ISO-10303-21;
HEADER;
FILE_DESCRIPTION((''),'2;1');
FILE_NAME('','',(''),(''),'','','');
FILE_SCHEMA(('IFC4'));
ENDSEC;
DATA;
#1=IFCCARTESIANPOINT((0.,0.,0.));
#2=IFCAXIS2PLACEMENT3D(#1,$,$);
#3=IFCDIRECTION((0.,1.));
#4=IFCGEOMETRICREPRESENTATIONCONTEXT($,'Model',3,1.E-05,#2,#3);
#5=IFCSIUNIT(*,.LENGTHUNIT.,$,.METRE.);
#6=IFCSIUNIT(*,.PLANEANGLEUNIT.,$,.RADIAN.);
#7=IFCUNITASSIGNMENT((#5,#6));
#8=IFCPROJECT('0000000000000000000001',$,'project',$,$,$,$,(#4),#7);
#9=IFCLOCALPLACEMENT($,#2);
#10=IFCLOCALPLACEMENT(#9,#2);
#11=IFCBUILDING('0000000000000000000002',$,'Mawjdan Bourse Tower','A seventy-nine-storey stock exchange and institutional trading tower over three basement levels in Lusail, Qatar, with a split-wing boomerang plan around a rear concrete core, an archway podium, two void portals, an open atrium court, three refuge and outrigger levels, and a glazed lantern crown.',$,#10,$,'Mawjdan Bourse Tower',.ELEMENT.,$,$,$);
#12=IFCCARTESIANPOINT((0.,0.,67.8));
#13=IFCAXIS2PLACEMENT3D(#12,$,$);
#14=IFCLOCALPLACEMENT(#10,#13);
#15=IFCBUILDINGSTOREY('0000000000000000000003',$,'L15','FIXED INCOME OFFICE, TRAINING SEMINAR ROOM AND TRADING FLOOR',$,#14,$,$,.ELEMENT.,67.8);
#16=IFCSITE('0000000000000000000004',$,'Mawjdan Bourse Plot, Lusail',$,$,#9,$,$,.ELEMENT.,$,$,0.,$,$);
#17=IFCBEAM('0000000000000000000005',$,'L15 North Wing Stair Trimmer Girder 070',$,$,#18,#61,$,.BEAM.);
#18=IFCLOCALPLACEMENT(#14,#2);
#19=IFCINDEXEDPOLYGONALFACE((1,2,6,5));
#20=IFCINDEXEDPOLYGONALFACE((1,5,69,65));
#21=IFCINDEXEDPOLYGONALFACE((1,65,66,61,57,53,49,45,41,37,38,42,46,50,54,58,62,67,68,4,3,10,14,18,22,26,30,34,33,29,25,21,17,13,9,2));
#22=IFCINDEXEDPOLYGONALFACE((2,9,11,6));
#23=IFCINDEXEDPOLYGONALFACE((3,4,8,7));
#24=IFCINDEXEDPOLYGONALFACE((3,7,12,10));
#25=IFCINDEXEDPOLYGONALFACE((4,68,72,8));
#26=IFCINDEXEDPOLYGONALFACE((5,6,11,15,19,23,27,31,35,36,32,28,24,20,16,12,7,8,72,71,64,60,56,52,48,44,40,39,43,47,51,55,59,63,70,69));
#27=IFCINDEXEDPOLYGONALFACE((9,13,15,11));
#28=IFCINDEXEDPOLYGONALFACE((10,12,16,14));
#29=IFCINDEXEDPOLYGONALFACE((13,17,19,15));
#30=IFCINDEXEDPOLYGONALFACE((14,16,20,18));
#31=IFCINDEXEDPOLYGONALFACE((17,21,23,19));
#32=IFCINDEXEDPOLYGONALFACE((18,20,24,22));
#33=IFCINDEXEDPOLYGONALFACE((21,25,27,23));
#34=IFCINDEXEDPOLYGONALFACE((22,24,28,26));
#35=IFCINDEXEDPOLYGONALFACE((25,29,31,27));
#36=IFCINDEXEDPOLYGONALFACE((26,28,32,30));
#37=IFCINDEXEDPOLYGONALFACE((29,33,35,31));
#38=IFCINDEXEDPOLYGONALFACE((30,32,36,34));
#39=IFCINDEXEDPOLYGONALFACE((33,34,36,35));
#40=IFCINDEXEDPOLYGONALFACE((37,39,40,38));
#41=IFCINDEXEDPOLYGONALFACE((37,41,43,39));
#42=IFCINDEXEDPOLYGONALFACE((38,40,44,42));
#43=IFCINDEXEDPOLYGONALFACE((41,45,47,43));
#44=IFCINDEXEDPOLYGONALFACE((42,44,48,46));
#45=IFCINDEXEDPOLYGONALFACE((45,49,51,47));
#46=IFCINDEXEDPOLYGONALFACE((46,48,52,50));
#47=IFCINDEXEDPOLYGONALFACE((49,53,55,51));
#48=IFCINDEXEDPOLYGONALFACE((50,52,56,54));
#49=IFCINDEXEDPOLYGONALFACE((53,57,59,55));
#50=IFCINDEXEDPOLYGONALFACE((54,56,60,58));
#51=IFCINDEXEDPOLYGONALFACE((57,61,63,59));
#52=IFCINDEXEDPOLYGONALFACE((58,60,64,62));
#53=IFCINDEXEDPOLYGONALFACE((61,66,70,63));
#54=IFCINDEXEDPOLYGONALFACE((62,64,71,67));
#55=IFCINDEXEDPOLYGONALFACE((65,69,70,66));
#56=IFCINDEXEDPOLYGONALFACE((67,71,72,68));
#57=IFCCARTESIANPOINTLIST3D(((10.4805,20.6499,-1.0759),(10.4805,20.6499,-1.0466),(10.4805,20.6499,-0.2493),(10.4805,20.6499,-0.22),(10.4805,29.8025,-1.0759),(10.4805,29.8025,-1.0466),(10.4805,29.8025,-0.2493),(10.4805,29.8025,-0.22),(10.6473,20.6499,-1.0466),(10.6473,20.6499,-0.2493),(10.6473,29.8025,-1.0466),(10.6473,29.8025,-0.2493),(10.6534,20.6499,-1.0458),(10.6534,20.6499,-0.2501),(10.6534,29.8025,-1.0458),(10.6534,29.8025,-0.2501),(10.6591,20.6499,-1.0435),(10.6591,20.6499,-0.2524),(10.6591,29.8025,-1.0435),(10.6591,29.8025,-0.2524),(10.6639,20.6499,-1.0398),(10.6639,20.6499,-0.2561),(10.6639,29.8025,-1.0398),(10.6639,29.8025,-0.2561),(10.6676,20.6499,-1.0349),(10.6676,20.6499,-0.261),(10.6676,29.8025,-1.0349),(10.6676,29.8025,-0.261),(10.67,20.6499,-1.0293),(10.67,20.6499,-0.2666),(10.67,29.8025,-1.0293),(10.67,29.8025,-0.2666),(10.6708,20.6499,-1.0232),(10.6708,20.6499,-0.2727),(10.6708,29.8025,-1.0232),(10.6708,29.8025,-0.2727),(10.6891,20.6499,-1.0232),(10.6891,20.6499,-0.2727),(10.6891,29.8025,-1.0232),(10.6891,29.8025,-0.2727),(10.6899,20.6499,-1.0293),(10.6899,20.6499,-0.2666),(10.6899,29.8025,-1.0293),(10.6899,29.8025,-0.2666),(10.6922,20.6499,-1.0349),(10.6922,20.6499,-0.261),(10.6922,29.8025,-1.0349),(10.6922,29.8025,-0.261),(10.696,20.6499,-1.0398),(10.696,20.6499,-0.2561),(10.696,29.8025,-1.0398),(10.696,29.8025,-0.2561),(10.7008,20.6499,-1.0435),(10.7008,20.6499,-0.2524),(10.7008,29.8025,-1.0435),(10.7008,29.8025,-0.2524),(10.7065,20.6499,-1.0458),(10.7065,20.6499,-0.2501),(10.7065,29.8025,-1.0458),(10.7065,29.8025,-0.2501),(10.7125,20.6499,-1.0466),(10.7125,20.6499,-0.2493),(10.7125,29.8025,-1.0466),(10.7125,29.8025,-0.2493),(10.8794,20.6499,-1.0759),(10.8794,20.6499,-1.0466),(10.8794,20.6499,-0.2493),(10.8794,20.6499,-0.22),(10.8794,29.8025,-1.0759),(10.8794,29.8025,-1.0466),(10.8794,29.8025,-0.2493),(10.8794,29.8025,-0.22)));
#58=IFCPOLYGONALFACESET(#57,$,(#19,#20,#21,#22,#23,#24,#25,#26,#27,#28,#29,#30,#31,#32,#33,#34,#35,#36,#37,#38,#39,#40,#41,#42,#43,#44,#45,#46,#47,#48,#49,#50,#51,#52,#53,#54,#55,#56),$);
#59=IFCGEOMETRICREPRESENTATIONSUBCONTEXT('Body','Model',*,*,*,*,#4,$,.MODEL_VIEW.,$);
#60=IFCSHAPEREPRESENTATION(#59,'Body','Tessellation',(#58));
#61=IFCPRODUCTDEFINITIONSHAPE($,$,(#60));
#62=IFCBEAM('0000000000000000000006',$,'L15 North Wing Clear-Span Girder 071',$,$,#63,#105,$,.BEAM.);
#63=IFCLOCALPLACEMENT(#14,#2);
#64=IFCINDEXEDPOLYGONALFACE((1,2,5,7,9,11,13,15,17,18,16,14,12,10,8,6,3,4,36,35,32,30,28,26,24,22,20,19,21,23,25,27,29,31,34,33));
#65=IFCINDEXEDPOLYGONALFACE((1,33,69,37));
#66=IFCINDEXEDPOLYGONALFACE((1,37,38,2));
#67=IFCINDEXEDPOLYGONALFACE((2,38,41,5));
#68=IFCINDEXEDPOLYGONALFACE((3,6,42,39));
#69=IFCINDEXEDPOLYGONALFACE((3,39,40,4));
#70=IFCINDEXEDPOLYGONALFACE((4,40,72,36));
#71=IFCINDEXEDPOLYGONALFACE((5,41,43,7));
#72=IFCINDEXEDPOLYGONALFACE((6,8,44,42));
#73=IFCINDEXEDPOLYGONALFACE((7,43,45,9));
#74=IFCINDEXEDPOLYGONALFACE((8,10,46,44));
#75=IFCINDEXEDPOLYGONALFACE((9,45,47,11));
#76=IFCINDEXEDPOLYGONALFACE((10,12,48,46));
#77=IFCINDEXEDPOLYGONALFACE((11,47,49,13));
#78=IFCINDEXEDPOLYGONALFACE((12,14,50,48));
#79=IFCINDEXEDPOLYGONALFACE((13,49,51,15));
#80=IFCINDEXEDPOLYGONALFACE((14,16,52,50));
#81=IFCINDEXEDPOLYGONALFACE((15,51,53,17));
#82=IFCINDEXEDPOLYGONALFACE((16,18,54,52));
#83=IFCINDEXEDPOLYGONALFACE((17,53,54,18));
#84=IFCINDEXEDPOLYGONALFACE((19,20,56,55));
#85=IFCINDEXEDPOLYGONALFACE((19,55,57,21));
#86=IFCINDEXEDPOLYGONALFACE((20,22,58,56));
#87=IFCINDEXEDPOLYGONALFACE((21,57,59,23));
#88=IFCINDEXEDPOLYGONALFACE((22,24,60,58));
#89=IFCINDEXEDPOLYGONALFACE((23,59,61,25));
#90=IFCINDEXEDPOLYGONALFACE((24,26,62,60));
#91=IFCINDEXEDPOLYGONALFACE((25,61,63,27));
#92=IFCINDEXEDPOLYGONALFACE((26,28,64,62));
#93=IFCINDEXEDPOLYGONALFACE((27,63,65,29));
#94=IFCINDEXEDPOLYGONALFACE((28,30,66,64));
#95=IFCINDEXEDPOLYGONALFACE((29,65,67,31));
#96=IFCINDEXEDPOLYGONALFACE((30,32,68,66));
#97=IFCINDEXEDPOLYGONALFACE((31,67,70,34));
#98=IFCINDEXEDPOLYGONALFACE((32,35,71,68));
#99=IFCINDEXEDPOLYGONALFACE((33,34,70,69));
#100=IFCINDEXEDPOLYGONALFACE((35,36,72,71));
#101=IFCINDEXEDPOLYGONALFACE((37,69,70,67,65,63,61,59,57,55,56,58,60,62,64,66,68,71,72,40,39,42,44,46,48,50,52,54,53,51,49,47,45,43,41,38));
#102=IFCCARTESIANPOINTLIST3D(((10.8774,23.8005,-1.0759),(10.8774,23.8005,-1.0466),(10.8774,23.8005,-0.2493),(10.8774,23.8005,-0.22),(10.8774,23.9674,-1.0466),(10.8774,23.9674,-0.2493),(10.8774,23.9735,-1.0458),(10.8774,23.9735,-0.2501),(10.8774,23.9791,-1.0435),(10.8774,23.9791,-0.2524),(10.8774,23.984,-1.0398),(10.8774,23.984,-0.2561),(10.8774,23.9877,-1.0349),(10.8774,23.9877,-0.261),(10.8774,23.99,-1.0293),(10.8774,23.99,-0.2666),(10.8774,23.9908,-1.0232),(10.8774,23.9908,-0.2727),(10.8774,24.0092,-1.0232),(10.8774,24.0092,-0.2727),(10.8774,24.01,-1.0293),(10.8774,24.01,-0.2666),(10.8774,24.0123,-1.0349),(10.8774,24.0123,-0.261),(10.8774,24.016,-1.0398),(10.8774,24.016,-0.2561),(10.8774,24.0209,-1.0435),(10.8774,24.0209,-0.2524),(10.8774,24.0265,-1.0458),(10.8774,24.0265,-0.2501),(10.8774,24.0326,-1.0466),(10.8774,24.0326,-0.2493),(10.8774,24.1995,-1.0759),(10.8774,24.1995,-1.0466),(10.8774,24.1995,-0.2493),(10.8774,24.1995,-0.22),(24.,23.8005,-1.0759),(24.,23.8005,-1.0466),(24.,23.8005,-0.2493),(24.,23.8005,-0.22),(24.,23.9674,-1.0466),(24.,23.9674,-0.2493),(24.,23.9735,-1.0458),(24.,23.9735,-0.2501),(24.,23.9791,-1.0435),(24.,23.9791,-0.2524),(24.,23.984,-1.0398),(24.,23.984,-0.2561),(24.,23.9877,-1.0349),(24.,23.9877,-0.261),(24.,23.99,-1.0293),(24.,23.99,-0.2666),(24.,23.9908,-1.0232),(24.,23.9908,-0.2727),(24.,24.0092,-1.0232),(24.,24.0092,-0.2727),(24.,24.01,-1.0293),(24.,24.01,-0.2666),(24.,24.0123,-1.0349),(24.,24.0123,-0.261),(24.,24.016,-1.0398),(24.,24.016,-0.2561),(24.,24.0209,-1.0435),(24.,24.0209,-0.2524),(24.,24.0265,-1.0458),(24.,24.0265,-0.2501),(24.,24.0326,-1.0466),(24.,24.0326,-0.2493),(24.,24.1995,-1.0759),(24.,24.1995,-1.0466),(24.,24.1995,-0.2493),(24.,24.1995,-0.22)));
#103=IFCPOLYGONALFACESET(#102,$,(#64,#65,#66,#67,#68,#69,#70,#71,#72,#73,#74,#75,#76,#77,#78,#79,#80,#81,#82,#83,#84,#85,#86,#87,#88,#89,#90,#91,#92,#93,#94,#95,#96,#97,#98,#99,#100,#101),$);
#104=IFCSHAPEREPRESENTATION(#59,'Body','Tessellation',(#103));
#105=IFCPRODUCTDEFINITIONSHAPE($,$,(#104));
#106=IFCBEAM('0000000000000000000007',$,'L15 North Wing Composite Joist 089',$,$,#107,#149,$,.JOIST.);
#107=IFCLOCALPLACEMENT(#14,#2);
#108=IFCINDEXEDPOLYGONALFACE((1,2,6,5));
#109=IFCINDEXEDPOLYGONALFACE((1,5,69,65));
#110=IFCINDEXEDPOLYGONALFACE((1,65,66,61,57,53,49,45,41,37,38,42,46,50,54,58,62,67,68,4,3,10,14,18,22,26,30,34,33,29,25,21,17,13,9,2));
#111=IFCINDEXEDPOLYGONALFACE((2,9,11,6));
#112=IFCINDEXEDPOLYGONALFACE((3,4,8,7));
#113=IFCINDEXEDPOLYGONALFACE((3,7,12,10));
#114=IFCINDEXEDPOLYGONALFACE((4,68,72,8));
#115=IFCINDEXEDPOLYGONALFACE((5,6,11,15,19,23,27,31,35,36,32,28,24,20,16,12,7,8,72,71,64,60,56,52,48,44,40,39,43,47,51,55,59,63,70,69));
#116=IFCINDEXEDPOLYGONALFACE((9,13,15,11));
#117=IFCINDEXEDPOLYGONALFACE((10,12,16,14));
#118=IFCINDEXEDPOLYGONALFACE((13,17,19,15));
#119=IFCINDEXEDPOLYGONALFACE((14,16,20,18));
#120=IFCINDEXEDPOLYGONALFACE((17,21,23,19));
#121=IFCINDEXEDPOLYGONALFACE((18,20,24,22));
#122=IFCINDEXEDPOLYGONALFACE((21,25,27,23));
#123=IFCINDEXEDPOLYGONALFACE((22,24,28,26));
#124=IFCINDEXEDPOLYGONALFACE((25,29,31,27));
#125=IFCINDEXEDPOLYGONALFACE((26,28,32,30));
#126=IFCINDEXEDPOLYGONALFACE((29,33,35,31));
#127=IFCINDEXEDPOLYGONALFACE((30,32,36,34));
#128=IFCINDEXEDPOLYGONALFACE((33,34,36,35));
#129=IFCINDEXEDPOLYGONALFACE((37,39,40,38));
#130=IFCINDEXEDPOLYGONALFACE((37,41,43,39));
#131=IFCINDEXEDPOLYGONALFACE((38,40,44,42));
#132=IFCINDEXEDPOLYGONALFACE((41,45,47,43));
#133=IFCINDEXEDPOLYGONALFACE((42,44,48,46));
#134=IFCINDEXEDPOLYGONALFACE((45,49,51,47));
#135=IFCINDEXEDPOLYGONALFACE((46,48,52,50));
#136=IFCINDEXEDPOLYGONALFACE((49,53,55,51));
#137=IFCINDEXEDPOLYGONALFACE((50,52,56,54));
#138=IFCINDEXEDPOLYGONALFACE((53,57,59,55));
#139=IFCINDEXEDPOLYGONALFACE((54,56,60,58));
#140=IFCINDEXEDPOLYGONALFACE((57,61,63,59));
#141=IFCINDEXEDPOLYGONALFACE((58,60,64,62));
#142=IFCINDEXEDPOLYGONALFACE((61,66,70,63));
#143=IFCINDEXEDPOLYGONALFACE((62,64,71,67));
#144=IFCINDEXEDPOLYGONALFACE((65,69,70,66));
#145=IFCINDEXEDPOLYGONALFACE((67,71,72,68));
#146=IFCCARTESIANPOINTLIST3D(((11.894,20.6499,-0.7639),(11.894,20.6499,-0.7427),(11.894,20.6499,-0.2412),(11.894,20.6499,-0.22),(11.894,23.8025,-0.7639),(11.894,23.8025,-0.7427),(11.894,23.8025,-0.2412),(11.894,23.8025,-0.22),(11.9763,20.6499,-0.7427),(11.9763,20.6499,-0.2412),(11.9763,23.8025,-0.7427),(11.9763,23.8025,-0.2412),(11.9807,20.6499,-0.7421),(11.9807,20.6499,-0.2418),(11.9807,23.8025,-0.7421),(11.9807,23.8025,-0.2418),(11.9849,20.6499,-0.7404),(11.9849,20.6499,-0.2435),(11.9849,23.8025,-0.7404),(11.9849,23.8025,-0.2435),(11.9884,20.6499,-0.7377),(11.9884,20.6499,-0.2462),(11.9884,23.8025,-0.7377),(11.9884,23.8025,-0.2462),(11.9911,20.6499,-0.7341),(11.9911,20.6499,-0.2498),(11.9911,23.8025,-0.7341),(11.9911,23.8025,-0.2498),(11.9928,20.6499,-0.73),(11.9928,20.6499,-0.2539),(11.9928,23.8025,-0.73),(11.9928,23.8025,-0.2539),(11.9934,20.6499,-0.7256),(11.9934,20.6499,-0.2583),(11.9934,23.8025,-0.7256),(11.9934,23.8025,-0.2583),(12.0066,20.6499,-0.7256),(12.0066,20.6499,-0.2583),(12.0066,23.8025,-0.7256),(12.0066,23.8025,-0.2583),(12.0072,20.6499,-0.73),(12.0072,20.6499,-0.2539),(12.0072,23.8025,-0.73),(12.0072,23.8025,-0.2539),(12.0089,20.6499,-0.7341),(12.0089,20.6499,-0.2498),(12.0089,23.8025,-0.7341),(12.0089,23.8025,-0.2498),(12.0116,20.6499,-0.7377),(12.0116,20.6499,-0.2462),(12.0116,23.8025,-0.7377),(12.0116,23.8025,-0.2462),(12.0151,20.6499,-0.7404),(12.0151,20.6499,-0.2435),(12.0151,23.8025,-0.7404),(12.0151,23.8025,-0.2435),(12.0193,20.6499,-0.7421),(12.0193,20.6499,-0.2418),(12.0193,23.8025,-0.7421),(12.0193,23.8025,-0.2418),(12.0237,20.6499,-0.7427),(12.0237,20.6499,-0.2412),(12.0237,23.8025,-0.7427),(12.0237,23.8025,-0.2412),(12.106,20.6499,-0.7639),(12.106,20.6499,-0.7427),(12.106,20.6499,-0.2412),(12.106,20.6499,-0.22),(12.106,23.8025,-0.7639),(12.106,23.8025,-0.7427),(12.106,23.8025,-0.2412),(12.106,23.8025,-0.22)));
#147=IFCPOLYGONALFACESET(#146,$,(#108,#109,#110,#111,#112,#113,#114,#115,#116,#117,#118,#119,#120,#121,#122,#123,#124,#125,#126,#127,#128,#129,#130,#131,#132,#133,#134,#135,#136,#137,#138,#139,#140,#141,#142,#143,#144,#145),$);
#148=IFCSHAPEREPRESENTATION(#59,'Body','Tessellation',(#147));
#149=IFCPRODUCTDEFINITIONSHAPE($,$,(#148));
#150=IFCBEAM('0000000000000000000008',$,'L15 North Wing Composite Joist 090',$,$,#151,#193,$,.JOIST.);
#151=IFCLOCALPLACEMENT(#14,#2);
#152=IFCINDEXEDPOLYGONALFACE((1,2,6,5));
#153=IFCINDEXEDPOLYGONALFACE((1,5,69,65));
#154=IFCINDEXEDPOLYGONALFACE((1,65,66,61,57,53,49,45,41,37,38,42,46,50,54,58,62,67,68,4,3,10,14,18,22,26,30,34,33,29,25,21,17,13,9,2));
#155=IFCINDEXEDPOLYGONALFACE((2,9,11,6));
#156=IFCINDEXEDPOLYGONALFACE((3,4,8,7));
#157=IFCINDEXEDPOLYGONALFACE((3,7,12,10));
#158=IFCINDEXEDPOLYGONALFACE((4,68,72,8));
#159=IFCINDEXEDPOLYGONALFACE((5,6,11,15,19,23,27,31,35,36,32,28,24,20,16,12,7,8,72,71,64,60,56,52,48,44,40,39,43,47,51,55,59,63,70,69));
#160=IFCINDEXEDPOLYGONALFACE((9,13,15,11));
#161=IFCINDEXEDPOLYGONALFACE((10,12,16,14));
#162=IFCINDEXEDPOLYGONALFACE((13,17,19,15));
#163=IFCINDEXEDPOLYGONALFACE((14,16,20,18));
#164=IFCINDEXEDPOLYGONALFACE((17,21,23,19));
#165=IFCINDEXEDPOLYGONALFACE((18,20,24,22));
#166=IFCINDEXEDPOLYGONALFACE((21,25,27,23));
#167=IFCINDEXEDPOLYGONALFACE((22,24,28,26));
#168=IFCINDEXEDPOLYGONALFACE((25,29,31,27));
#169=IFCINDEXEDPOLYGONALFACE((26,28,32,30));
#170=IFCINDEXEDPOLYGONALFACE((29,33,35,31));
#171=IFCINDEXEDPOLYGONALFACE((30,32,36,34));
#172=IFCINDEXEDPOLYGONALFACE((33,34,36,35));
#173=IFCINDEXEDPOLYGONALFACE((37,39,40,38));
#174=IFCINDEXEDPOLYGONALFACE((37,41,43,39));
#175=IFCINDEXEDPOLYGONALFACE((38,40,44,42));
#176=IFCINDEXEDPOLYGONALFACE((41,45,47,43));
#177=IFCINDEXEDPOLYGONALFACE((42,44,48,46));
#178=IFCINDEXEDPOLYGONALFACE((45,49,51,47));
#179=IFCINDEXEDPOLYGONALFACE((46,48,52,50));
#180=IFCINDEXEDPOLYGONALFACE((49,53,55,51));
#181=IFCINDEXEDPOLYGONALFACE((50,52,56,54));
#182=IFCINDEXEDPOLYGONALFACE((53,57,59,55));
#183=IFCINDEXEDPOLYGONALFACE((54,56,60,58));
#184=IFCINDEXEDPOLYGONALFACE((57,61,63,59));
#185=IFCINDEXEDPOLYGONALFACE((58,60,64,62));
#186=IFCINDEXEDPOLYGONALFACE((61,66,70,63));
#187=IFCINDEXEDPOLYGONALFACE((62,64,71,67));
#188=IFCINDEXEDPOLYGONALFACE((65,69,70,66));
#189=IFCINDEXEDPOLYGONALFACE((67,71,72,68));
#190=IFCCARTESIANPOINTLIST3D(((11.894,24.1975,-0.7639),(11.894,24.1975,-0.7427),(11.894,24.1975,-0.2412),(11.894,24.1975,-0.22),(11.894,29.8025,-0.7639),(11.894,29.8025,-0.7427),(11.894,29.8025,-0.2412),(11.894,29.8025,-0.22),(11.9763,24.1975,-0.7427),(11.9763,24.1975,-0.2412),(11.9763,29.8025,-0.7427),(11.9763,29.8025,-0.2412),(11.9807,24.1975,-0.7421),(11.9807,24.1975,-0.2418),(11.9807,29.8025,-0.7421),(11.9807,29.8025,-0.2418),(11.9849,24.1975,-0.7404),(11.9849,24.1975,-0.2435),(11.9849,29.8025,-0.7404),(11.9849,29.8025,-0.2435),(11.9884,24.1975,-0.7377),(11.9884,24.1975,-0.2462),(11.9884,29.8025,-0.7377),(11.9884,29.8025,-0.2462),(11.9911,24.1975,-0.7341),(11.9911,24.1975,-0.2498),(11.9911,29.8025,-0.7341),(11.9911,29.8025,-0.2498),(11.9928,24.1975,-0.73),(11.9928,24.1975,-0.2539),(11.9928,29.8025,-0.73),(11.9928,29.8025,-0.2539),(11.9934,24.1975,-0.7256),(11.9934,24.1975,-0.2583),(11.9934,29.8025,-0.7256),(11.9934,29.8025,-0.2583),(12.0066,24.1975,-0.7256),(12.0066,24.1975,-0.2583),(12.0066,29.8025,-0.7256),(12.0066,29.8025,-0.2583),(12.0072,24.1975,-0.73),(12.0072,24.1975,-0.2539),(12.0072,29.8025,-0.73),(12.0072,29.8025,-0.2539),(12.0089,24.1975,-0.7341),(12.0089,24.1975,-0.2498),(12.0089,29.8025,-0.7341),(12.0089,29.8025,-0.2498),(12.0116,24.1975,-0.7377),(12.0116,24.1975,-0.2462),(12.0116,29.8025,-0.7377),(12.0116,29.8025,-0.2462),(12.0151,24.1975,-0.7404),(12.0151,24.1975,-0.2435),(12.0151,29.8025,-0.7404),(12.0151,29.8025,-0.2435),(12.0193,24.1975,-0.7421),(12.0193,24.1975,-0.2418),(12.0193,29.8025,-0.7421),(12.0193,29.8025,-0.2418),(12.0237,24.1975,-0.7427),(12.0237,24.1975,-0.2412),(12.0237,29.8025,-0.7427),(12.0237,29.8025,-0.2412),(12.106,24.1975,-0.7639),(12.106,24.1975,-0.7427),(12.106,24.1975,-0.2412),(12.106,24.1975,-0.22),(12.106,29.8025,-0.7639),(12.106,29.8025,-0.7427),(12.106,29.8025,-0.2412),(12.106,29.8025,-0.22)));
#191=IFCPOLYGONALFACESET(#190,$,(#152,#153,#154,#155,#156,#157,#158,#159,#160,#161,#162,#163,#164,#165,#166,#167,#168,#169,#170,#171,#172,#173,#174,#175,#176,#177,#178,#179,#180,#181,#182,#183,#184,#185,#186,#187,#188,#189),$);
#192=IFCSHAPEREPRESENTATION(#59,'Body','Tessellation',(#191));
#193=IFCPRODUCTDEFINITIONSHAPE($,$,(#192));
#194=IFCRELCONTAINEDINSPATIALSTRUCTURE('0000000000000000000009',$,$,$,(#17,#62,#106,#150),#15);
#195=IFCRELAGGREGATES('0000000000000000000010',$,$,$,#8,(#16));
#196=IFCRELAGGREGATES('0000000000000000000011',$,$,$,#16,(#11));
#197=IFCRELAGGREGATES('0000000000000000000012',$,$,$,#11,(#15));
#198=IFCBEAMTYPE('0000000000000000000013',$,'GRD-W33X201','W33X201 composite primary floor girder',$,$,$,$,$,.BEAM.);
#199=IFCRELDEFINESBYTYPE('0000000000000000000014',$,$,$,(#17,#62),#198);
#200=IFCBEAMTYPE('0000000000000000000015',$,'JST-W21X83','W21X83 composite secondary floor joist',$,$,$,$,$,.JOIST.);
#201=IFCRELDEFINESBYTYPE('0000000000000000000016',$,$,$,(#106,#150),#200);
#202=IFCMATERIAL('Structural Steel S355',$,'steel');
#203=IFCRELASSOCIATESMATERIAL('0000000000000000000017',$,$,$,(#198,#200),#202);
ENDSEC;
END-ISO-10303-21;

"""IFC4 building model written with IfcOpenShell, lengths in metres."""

from ifc_helpers import new_model, si_unit, direction, frame, origin, origin_2d, place, context, subcontext, project, spatial, i_section, extrude, material, material_profile, profile_set, type_object, element, save


model = new_model("IFC4")

# Units and contexts
model_context = context("Model", 3, precision=1e-05, world=origin(), true_north=direction((0.0, 1.0)))
body_context = subcontext(model_context, "Body", "Model", "MODEL_VIEW")
ifc_project = project(units=[si_unit("LENGTHUNIT", "METRE"), si_unit("PLANEANGLEUNIT", "RADIAN")], contexts=[model_context])

# Site, building, storey
site_placement = place(None, origin())
site = spatial("IfcSite", under=ifc_project, at=site_placement, Name="Mawjdan Bourse Plot, Lusail", CompositionType="ELEMENT", RefElevation=0.0)
building_placement = place(site_placement, origin())
building = spatial("IfcBuilding", under=site, at=building_placement, Name="Mawjdan Bourse Tower", Description="A seventy-nine-storey stock exchange and institutional trading tower over three basement levels in Lusail, Qatar, with a split-wing boomerang plan around a rear concrete core, an archway podium, two void portals, an open atrium court, three refuge and outrigger levels, and a glazed lantern crown.", LongName="Mawjdan Bourse Tower", CompositionType="ELEMENT")
storey_placement = place(building_placement, frame((0.0, 0.0, 67.8)))
storey = spatial("IfcBuildingStorey", under=building, at=storey_placement, Name="L15", Description="FIXED INCOME OFFICE, TRAINING SEMINAR ROOM AND TRADING FLOOR", CompositionType="ELEMENT", Elevation=67.8)

# Beams
ifc_material_1 = material(Name="Structural Steel S355", Category="steel")
ifc_material_profile_1 = material_profile(ifc_material_1, i_section(OverallWidth=0.3989, OverallDepth=0.856, WebThickness=0.0183, FlangeThickness=0.0293, FilletRadius=0.0234, at=origin_2d()), Name="W33X201")
ifc_profile_set_1 = profile_set([ifc_material_profile_1], Name="Structural Steel S355")
beam_type_1 = type_object("IfcBeamType", Name="GRD-W33X201", Description="W33X201 composite primary floor girder", PredefinedType="BEAM", material=ifc_profile_set_1)
beam_1_placement = place(storey_placement, frame((10.6799, 20.6499, -0.6479), z_axis=(0.0, 1.0, 0.0), x_axis=(-1.0, 0.0, 0.0)))
element("IfcBeam", 1, at=beam_1_placement, inside=storey, type_object=beam_type_1, Name="L15 North Wing Stair Trimmer Girder 070", PredefinedType="BEAM", context=body_context, shape_type="SweptSolid", body=[
    extrude(i_section(OverallWidth=0.3989, OverallDepth=0.856, WebThickness=0.0183, FlangeThickness=0.0293, FilletRadius=0.0234, at=origin_2d()), origin(), (0.0, 0.0, 1.0), 9.1526),
])
beam_2_placement = place(storey_placement, frame((10.8774, 24.0, -0.6479), z_axis=(1.0, 0.0, 0.0), x_axis=(0.0, 1.0, 0.0)))
element("IfcBeam", 2, at=beam_2_placement, inside=storey, type_object=beam_type_1, Name="L15 North Wing Clear-Span Girder 071", PredefinedType="BEAM", context=body_context, shape_type="SweptSolid", body=[
    extrude(i_section(OverallWidth=0.3989, OverallDepth=0.856, WebThickness=0.0183, FlangeThickness=0.0293, FilletRadius=0.0234, at=origin_2d()), origin(), (0.0, 0.0, 1.0), 13.1226),
])
ifc_material_profile_2 = material_profile(ifc_material_1, i_section(OverallWidth=0.2119, OverallDepth=0.5439, WebThickness=0.0132, FlangeThickness=0.0212, FilletRadius=0.0171, at=origin_2d()), Name="W21X83")
ifc_profile_set_2 = profile_set([ifc_material_profile_2], Name="Structural Steel S355")
beam_type_2 = type_object("IfcBeamType", Name="JST-W21X83", Description="W21X83 composite secondary floor joist", PredefinedType="JOIST", material=ifc_profile_set_2)
beam_3_placement = place(storey_placement, frame((12.0, 20.6499, -0.4919), z_axis=(0.0, 1.0, 0.0), x_axis=(-1.0, 0.0, 0.0)))
element("IfcBeam", 3, at=beam_3_placement, inside=storey, type_object=beam_type_2, Name="L15 North Wing Composite Joist 089", PredefinedType="JOIST", context=body_context, shape_type="SweptSolid", body=[
    extrude(i_section(OverallWidth=0.2119, OverallDepth=0.5439, WebThickness=0.0132, FlangeThickness=0.0212, FilletRadius=0.0171, at=origin_2d()), origin(), (0.0, 0.0, 1.0), 3.1526),
])
beam_4_placement = place(storey_placement, frame((12.0, 24.1975, -0.4919), z_axis=(0.0, 1.0, 0.0), x_axis=(-1.0, 0.0, 0.0)))
element("IfcBeam", 4, at=beam_4_placement, inside=storey, type_object=beam_type_2, Name="L15 North Wing Composite Joist 090", PredefinedType="JOIST", context=body_context, shape_type="SweptSolid", body=[
    extrude(i_section(OverallWidth=0.2119, OverallDepth=0.5439, WebThickness=0.0132, FlangeThickness=0.0212, FilletRadius=0.0171, at=origin_2d()), origin(), (0.0, 0.0, 1.0), 5.605),
])

save(model, "model.ifc")
